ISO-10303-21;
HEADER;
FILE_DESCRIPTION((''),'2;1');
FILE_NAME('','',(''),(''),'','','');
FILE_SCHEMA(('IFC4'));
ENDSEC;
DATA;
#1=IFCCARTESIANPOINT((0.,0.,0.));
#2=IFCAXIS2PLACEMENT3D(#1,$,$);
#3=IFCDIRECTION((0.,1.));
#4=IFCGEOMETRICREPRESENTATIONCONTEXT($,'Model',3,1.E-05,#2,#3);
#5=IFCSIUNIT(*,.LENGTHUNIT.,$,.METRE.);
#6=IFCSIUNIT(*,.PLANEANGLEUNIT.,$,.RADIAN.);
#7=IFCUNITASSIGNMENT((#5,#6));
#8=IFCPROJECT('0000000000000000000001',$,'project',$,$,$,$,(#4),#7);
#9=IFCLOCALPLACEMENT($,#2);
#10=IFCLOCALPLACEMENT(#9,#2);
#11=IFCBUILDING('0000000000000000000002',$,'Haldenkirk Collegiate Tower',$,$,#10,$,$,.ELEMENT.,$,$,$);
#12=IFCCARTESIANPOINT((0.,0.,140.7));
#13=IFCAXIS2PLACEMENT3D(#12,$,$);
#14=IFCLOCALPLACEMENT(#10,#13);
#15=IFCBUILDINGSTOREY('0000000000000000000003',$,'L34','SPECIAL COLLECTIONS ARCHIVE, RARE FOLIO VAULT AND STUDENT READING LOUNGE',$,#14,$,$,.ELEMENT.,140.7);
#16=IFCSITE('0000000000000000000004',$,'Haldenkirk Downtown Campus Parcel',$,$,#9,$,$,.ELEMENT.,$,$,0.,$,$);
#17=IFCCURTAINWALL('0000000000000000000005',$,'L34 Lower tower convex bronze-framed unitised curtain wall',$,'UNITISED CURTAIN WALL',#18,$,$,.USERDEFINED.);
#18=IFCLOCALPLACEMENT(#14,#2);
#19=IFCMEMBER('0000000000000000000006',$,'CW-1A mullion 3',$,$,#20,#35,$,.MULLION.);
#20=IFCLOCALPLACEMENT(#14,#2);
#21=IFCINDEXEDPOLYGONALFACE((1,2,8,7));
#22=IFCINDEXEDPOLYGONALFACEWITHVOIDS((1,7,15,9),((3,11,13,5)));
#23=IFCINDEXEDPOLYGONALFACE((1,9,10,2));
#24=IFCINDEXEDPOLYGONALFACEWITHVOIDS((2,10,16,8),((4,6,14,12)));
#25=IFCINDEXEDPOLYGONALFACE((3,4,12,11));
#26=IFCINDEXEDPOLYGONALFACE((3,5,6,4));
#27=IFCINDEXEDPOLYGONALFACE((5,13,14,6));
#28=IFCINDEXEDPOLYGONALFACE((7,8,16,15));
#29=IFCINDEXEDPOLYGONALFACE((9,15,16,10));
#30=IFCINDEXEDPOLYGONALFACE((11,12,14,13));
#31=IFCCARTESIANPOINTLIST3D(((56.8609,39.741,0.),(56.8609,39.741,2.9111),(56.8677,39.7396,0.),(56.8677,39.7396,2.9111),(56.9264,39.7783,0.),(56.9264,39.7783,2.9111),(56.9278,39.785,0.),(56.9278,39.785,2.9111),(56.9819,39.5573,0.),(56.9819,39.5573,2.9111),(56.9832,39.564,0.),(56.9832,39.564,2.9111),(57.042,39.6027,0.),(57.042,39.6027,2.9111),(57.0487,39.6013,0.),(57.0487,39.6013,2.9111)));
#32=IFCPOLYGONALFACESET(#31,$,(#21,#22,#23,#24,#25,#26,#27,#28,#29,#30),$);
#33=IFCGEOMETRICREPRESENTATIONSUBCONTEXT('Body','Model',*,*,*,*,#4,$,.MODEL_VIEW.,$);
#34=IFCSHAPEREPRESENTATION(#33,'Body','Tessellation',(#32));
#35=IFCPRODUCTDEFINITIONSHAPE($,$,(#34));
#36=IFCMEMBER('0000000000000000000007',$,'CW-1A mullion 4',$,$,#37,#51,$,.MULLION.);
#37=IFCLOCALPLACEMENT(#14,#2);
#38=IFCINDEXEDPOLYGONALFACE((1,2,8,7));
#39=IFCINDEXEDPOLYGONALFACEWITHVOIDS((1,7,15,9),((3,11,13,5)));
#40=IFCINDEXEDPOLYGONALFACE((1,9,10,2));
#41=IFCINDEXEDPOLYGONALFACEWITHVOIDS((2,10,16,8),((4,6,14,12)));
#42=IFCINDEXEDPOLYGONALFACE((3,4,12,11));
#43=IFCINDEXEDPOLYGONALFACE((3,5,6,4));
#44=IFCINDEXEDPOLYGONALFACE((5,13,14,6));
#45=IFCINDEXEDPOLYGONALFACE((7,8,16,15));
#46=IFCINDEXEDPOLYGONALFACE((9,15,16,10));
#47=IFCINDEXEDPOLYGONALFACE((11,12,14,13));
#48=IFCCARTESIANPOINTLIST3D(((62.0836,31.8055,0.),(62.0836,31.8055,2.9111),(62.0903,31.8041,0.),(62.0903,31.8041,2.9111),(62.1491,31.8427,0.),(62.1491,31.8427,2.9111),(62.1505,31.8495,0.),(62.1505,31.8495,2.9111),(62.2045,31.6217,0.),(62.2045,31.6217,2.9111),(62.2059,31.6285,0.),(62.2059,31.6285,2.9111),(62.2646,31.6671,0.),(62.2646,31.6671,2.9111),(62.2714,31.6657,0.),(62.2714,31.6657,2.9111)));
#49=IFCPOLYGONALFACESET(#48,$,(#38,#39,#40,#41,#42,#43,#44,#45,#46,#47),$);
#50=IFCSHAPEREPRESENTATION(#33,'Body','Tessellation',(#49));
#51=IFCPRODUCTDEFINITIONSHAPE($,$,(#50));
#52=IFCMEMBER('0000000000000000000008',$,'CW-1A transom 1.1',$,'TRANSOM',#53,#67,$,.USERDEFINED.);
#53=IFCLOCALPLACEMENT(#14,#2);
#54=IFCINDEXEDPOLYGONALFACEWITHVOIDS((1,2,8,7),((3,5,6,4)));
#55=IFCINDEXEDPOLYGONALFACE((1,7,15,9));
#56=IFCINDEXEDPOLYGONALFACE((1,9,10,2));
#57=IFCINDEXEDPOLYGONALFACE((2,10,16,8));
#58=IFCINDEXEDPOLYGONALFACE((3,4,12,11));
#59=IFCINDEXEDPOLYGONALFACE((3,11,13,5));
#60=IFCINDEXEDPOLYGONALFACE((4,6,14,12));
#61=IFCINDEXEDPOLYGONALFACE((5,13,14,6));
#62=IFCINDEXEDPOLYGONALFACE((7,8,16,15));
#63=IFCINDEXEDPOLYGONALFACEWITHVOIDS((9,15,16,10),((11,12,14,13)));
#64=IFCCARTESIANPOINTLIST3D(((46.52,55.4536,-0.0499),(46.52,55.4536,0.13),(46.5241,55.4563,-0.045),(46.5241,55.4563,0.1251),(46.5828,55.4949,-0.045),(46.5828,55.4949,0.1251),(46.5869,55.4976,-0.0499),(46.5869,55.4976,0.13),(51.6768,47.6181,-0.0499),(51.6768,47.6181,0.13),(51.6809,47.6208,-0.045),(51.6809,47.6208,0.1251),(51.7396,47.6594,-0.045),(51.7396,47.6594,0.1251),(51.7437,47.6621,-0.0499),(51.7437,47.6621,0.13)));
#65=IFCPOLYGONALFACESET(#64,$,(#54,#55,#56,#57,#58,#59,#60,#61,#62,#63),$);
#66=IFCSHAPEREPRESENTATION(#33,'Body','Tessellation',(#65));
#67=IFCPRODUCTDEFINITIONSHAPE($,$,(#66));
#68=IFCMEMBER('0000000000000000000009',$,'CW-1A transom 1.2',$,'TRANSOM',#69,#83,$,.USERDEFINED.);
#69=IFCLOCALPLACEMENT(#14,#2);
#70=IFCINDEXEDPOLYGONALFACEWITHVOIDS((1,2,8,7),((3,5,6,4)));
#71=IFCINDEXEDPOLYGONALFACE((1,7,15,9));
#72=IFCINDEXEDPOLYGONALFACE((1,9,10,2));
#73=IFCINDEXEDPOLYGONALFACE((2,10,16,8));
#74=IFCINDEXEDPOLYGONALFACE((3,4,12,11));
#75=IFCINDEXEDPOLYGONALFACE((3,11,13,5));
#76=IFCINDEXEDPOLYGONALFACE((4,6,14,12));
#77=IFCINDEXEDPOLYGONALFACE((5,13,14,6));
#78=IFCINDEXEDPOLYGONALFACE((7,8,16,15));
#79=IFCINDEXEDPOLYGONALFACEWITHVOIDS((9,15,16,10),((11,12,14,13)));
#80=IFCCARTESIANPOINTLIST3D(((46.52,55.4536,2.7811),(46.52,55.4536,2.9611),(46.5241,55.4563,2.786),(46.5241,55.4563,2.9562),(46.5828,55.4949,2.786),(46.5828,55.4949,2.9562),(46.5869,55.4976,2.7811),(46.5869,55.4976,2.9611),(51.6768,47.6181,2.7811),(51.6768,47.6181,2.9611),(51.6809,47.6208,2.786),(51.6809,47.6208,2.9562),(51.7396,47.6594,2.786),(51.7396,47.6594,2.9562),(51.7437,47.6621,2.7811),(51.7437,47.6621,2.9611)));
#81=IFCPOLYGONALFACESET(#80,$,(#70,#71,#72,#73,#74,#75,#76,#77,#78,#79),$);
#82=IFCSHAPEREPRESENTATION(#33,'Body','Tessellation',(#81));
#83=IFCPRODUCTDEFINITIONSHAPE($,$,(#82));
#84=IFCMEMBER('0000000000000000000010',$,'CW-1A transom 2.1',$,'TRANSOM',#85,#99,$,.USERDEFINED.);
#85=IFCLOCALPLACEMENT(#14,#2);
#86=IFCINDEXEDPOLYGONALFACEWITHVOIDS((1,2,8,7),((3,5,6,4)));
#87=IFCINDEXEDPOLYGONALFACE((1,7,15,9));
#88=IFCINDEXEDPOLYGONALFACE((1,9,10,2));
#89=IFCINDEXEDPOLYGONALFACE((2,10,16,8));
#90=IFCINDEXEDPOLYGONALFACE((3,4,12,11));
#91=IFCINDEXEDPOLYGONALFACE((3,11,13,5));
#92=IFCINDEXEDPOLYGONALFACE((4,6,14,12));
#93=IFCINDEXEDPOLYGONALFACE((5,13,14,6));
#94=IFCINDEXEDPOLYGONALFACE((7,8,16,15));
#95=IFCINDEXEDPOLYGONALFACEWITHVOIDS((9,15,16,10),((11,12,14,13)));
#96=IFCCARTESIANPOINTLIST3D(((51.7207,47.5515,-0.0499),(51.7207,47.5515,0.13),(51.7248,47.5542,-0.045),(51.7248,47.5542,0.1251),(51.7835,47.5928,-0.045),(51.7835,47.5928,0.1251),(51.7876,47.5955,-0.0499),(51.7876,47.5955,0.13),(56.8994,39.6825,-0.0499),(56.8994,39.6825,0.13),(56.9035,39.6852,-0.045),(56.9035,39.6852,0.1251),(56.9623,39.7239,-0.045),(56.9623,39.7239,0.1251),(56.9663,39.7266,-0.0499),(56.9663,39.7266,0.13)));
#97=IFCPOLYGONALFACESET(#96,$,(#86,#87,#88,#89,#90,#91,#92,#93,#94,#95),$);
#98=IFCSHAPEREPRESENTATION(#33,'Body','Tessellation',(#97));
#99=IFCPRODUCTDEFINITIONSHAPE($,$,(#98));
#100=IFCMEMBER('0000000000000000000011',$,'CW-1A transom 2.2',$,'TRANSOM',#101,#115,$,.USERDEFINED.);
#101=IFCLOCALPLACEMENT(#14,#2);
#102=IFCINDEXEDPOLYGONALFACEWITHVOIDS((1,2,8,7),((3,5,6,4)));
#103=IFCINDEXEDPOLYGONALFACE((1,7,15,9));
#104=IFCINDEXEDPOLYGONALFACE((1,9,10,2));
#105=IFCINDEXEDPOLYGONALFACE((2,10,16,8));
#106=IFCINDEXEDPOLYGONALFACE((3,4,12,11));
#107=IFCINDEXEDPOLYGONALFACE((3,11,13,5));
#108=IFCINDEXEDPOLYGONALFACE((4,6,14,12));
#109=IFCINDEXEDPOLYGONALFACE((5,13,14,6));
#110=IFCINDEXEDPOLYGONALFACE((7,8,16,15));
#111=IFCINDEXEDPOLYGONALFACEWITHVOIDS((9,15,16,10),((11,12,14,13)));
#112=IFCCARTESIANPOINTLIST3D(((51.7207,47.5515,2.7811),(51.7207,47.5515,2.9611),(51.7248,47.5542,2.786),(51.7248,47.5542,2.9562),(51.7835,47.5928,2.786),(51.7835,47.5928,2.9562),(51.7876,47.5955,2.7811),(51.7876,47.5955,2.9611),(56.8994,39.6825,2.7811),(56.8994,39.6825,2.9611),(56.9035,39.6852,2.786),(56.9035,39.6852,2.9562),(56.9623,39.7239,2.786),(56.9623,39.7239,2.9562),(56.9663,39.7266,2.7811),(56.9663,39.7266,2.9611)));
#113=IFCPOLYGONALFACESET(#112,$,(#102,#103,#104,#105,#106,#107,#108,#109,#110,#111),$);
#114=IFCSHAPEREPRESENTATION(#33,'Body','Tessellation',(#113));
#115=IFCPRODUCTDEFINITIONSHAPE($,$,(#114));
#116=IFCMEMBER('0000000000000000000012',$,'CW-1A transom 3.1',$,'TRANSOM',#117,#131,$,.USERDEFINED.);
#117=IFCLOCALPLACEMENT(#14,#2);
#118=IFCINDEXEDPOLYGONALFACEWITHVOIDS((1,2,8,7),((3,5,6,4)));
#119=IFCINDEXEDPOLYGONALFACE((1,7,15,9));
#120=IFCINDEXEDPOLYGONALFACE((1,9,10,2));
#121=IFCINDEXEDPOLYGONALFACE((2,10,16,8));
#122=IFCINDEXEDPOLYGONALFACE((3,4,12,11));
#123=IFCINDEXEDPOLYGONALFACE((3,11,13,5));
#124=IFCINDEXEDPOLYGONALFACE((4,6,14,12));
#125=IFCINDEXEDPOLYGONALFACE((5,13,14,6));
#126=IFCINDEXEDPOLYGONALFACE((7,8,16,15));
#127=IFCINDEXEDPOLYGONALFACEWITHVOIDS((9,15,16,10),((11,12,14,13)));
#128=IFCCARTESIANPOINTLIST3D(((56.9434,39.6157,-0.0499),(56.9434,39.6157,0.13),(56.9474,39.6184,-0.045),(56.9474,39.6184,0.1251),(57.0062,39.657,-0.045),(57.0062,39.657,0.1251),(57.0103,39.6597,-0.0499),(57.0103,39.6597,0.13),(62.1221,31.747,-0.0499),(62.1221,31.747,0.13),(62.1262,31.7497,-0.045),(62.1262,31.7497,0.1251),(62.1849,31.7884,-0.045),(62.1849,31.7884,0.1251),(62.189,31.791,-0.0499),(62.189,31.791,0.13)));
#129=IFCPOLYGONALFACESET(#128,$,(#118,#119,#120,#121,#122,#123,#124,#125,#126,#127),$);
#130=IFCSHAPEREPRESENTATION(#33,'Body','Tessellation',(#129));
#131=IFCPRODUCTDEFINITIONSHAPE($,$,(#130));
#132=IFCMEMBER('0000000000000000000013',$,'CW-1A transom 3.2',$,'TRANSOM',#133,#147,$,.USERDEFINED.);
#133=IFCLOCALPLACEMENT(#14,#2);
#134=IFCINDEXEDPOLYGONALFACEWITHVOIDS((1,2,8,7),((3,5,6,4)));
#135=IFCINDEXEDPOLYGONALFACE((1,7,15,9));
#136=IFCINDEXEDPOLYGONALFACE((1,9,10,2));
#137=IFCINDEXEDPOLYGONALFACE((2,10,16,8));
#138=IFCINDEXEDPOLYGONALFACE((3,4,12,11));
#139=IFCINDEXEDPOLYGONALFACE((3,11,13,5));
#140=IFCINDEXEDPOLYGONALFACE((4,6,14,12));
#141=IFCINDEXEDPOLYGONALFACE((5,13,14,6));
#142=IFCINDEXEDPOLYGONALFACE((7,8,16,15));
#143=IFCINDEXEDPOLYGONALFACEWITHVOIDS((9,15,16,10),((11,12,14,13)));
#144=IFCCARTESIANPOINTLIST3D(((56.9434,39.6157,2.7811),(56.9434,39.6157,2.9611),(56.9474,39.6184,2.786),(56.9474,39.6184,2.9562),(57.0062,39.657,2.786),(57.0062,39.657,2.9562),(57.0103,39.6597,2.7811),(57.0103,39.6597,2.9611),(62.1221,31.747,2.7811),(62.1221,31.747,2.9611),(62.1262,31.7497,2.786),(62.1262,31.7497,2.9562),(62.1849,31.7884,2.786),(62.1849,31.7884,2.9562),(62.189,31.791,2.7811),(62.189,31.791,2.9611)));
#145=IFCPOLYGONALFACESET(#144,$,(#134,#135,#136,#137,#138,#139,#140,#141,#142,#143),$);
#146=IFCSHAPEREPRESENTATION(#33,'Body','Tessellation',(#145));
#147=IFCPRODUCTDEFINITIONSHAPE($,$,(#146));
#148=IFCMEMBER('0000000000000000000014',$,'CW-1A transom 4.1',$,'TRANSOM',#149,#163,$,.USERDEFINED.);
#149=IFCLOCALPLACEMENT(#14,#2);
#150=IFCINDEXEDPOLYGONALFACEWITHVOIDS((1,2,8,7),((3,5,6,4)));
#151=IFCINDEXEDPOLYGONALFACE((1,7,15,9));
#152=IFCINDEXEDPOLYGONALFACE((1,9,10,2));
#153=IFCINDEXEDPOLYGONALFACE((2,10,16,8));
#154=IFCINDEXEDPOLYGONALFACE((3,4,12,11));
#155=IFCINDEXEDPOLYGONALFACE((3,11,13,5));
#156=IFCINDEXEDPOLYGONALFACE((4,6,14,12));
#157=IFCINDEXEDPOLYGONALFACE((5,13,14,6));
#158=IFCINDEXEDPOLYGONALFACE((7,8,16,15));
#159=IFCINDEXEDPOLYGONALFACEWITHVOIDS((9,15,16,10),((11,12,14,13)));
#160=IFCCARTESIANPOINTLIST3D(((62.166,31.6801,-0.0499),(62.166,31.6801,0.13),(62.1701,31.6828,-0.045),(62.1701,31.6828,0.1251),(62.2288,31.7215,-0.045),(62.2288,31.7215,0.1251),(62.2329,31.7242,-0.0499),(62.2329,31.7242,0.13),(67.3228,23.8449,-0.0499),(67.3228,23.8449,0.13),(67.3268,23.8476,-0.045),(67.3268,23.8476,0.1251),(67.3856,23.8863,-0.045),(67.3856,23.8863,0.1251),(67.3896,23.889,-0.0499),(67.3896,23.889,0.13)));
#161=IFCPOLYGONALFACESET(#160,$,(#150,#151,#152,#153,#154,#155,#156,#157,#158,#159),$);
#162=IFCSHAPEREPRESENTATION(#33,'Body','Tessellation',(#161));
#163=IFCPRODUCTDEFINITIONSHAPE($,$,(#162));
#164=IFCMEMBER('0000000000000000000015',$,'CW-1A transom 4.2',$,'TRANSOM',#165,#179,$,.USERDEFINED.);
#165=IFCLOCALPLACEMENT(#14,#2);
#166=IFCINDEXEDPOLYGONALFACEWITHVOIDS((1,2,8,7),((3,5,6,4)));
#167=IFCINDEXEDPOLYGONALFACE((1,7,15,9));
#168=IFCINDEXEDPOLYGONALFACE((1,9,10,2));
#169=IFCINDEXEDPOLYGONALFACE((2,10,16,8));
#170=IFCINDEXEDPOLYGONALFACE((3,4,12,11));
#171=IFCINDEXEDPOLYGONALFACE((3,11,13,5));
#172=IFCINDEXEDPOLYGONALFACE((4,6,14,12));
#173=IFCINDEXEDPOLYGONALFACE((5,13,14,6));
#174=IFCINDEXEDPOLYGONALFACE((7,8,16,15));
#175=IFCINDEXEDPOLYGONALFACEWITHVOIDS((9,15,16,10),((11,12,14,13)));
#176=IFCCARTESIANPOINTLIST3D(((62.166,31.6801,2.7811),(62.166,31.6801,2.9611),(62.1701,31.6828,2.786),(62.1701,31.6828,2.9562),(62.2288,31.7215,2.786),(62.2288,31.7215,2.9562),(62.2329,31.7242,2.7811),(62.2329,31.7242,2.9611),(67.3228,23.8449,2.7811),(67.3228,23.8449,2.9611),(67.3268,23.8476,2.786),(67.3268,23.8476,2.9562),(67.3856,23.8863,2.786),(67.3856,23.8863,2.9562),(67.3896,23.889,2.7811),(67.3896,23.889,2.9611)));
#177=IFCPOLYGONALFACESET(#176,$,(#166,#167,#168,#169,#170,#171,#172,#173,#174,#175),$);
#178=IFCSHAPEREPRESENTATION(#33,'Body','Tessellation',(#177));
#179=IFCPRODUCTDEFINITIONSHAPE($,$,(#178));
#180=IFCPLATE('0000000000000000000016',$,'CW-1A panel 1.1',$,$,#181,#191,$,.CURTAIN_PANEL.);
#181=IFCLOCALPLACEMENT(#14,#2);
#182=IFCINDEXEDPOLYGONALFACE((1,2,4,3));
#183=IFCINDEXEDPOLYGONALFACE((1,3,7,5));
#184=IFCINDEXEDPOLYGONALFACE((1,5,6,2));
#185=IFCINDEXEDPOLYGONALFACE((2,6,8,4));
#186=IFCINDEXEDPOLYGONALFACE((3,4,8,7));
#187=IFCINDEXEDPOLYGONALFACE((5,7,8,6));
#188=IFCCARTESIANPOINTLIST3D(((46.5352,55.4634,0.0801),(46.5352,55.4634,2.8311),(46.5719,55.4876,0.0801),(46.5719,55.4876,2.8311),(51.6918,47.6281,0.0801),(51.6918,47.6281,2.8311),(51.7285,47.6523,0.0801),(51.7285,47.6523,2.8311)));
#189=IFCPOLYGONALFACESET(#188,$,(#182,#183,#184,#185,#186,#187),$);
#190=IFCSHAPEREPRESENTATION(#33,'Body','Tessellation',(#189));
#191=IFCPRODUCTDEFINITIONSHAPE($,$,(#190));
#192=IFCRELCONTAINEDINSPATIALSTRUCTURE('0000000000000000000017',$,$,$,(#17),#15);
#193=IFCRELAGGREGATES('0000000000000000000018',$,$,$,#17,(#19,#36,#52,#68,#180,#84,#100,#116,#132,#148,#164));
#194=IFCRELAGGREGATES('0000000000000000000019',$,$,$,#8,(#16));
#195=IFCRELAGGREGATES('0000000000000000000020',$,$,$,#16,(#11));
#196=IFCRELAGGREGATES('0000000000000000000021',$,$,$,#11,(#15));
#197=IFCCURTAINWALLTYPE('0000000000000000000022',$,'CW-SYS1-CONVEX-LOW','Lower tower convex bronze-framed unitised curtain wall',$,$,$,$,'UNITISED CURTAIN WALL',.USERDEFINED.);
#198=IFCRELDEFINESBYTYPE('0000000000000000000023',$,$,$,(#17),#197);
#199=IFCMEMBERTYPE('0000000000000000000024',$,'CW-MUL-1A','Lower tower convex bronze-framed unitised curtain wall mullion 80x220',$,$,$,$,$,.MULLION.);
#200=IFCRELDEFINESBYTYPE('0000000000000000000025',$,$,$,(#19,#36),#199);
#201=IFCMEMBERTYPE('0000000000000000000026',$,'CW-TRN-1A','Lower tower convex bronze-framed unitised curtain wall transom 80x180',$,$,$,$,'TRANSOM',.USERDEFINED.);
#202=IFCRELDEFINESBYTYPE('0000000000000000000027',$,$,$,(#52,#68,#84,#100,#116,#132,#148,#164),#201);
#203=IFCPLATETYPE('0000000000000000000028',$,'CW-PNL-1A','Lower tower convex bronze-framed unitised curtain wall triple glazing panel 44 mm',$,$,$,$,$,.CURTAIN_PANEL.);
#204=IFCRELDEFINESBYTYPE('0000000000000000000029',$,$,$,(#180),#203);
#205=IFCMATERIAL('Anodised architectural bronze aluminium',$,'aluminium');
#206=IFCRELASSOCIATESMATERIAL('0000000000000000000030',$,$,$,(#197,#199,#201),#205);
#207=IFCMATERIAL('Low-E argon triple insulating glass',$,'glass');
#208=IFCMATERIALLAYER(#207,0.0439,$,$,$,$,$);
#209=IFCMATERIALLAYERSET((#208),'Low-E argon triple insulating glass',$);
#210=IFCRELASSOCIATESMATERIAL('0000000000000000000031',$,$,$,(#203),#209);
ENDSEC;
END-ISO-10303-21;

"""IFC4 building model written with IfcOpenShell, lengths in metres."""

from ifc_helpers import new_model, si_unit, direction, frame, origin, origin_2d, place, context, subcontext, project, spatial, rectangle, hollow_rectangle, extrude, source, transform, mapped, material, layer, layer_set, material_profile, profile_set, type_object, element, aggregate, save


model = new_model("IFC4")

# Units and contexts
model_context = context("Model", 3, precision=1e-05, world=origin(), true_north=direction((0.0, 1.0)))
body_context = subcontext(model_context, "Body", "Model", "MODEL_VIEW")
ifc_project = project(units=[si_unit("LENGTHUNIT", "METRE"), si_unit("PLANEANGLEUNIT", "RADIAN")], contexts=[model_context])

# Site, building, storey
site_placement = place(None, origin())
site = spatial("IfcSite", under=ifc_project, at=site_placement, Name="Haldenkirk Downtown Campus Parcel", CompositionType="ELEMENT", RefElevation=0.0)
building_placement = place(site_placement, origin())
building = spatial("IfcBuilding", under=site, at=building_placement, Name="Haldenkirk Collegiate Tower", CompositionType="ELEMENT")
storey_placement = place(building_placement, frame((0.0, 0.0, 140.7)))
storey = spatial("IfcBuildingStorey", under=building, at=storey_placement, Name="L34", Description="SPECIAL COLLECTIONS ARCHIVE, RARE FOLIO VAULT AND STUDENT READING LOUNGE", CompositionType="ELEMENT", Elevation=140.7)

# Curtain wall, members, plate
ifc_material_1 = material(Name="Anodised architectural bronze aluminium", Category="aluminium")
curtain_wall_type = type_object("IfcCurtainWallType", Name="CW-SYS1-CONVEX-LOW", Description="Lower tower convex bronze-framed unitised curtain wall", ElementType="UNITISED CURTAIN WALL", PredefinedType="USERDEFINED", material=ifc_material_1)
curtain_wall_placement = place(storey_placement, origin())
curtain_wall = element("IfcCurtainWall", 1, at=curtain_wall_placement, inside=storey, type_object=curtain_wall_type, Name="L34 Lower tower convex bronze-framed unitised curtain wall", ObjectType="UNITISED CURTAIN WALL", PredefinedType="USERDEFINED")
ifc_material_profile_1 = material_profile(ifc_material_1, hollow_rectangle(XDim=0.0801, YDim=0.22, WallThickness=0.0049, at=origin_2d()), Name="CW-MUL-1A")
ifc_profile_set_1 = profile_set([ifc_material_profile_1], Name="Anodised architectural bronze aluminium")
member_type_1 = type_object("IfcMemberType", Name="CW-MUL-1A", Description="Lower tower convex bronze-framed unitised curtain wall mullion 80x220", PredefinedType="MULLION", material=ifc_profile_set_1)
member_1_placement = place(storey_placement, frame((56.9548, 39.6711, 0.0), z_axis=(0.0, 0.0, 1.0), x_axis=(0.835328, 0.549751, 0.0)))
member_1 = element("IfcMember", 2, at=member_1_placement, type_object=member_type_1, Name="CW-1A mullion 3", PredefinedType="MULLION", context=body_context, shape_type="SweptSolid", body=[
    extrude(hollow_rectangle(XDim=0.0801, YDim=0.22, WallThickness=0.0049, at=origin_2d()), origin(), (0.0, 0.0, 1.0), 2.9111),
])
member_2_placement = place(storey_placement, frame((62.1775, 31.7356, 0.0), z_axis=(0.0, 0.0, 1.0), x_axis=(0.835328, 0.549751, 0.0)))
member_2 = element("IfcMember", 3, at=member_2_placement, type_object=member_type_1, Name="CW-1A mullion 4", PredefinedType="MULLION", context=body_context, shape_type="SweptSolid", body=[
    extrude(hollow_rectangle(XDim=0.0801, YDim=0.22, WallThickness=0.0049, at=origin_2d()), origin(), (0.0, 0.0, 1.0), 2.9111),
])
ifc_material_profile_2 = material_profile(ifc_material_1, hollow_rectangle(XDim=0.0801, YDim=0.1799, WallThickness=0.0049, at=origin_2d()), Name="CW-TRN-1A")
ifc_profile_set_2 = profile_set([ifc_material_profile_2], Name="Anodised architectural bronze aluminium")
member_type_2 = type_object("IfcMemberType", Name="CW-TRN-1A", Description="Lower tower convex bronze-framed unitised curtain wall transom 80x180", ElementType="TRANSOM", PredefinedType="USERDEFINED", material=ifc_profile_set_2)
member_3_placement = place(storey_placement, frame((46.5535, 55.4756, 0.04), z_axis=(0.549753, -0.835327, 0.0), x_axis=(0.835327, 0.549753, 0.0)))
member_3 = element("IfcMember", 4, at=member_3_placement, type_object=member_type_2, Name="CW-1A transom 1.1", ObjectType="TRANSOM", PredefinedType="USERDEFINED", context=body_context, shape_type="SweptSolid", body=[
    extrude(hollow_rectangle(XDim=0.0801, YDim=0.1799, WallThickness=0.0049, at=origin_2d()), origin(), (0.0, 0.0, 1.0), 9.3801),
])
member_4_placement = place(storey_placement, frame((46.5535, 55.4756, 2.8711), z_axis=(0.549753, -0.835327, 0.0), x_axis=(0.835327, 0.549753, 0.0)))
member_4 = element("IfcMember", 5, at=member_4_placement, type_object=member_type_2, Name="CW-1A transom 1.2", ObjectType="TRANSOM", PredefinedType="USERDEFINED", context=body_context, shape_type="SweptSolid", body=[
    extrude(hollow_rectangle(XDim=0.0801, YDim=0.1799, WallThickness=0.0049, at=origin_2d()), origin(), (0.0, 0.0, 1.0), 9.3801),
])
member_5_placement = place(storey_placement, frame((51.7542, 47.5735, 0.04), z_axis=(0.54975, -0.835329, 0.0), x_axis=(0.835329, 0.54975, 0.0)))
member_5 = element("IfcMember", 6, at=member_5_placement, type_object=member_type_2, Name="CW-1A transom 2.1", ObjectType="TRANSOM", PredefinedType="USERDEFINED", context=body_context, shape_type="SweptSolid", body=[
    extrude(hollow_rectangle(XDim=0.0801, YDim=0.1799, WallThickness=0.0049, at=origin_2d()), origin(), (0.0, 0.0, 1.0), 9.4202),
])
member_6_placement = place(storey_placement, frame((51.7542, 47.5735, 2.8711), z_axis=(0.54975, -0.835329, 0.0), x_axis=(0.835329, 0.54975, 0.0)))
member_6 = element("IfcMember", 7, at=member_6_placement, type_object=member_type_2, Name="CW-1A transom 2.2", ObjectType="TRANSOM", PredefinedType="USERDEFINED", context=body_context, shape_type="SweptSolid", body=[
    extrude(hollow_rectangle(XDim=0.0801, YDim=0.1799, WallThickness=0.0049, at=origin_2d()), origin(), (0.0, 0.0, 1.0), 9.4202),
])
member_7_placement = place(storey_placement, frame((56.9768, 39.6377, 0.04), z_axis=(0.549762, -0.835321, 0.0), x_axis=(0.835321, 0.549762, 0.0)))
member_7 = element("IfcMember", 8, at=member_7_placement, type_object=member_type_2, Name="CW-1A transom 3.1", ObjectType="TRANSOM", PredefinedType="USERDEFINED", context=body_context, shape_type="SweptSolid", body=[
    extrude(hollow_rectangle(XDim=0.0801, YDim=0.1799, WallThickness=0.0049, at=origin_2d()), origin(), (0.0, 0.0, 1.0), 9.4199),
])
member_8_placement = place(storey_placement, frame((56.9768, 39.6377, 2.8711), z_axis=(0.549762, -0.835321, 0.0), x_axis=(0.835321, 0.549762, 0.0)))
member_8 = element("IfcMember", 9, at=member_8_placement, type_object=member_type_2, Name="CW-1A transom 3.2", ObjectType="TRANSOM", PredefinedType="USERDEFINED", context=body_context, shape_type="SweptSolid", body=[
    extrude(hollow_rectangle(XDim=0.0801, YDim=0.1799, WallThickness=0.0049, at=origin_2d()), origin(), (0.0, 0.0, 1.0), 9.4199),
])
member_9_placement = place(storey_placement, frame((62.1995, 31.7021, 0.04), z_axis=(0.549765, -0.835319, 0.0), x_axis=(0.835319, 0.549765, 0.0)))
member_9 = element("IfcMember", 10, at=member_9_placement, type_object=member_type_2, Name="CW-1A transom 4.1", ObjectType="TRANSOM", PredefinedType="USERDEFINED", context=body_context, shape_type="SweptSolid", body=[
    extrude(hollow_rectangle(XDim=0.0801, YDim=0.1799, WallThickness=0.0049, at=origin_2d()), origin(), (0.0, 0.0, 1.0), 9.3799),
])
member_10_placement = place(storey_placement, frame((62.1995, 31.7021, 2.8711), z_axis=(0.549765, -0.835319, 0.0), x_axis=(0.835319, 0.549765, 0.0)))
member_10 = element("IfcMember", 11, at=member_10_placement, type_object=member_type_2, Name="CW-1A transom 4.2", ObjectType="TRANSOM", PredefinedType="USERDEFINED", context=body_context, shape_type="SweptSolid", body=[
    extrude(hollow_rectangle(XDim=0.0801, YDim=0.1799, WallThickness=0.0049, at=origin_2d()), origin(), (0.0, 0.0, 1.0), 9.3799),
])
ifc_material_2 = material(Name="Low-E argon triple insulating glass", Category="glass")
ifc_layer_1 = layer(ifc_material_2, 0.0439)
ifc_layer_set_1 = layer_set([ifc_layer_1], Name="Low-E argon triple insulating glass")
plate_type_1 = type_object("IfcPlateType", Name="CW-PNL-1A", Description="Lower tower convex bronze-framed unitised curtain wall triple glazing panel 44 mm", PredefinedType="CURTAIN_PANEL", material=ifc_layer_set_1)
shared_shape_1 = source(origin(), body_context, "Body", "SweptSolid", [
    extrude(rectangle(XDim=9.3799, YDim=0.0439, at=origin_2d()), origin(), (0.0, 0.0, 1.0), 2.751),
])
plate_1_placement = place(storey_placement, frame((49.1318, 51.5579, 0.0801), z_axis=(0.0, 0.0, 1.0), x_axis=(0.549751, -0.835328, 0.0)))
plate_1 = element("IfcPlate", 12, at=plate_1_placement, type_object=plate_type_1, Name="CW-1A panel 1.1", PredefinedType="CURTAIN_PANEL", context=body_context, shape_type="MappedRepresentation", body=[
    mapped(shared_shape_1, transform((0.0, 0.0, 0.0), x_axis=(1.0, 0.0, 0.0), y_axis=(0.0, 1.0, 0.0), z_axis=(0.0, 0.0, 1.0), scale=1.0)),
])
aggregate(curtain_wall, [member_1, member_2, member_3, member_4, plate_1, member_5, member_6, member_7, member_8, member_9, member_10])

save(model, "model.ifc")
